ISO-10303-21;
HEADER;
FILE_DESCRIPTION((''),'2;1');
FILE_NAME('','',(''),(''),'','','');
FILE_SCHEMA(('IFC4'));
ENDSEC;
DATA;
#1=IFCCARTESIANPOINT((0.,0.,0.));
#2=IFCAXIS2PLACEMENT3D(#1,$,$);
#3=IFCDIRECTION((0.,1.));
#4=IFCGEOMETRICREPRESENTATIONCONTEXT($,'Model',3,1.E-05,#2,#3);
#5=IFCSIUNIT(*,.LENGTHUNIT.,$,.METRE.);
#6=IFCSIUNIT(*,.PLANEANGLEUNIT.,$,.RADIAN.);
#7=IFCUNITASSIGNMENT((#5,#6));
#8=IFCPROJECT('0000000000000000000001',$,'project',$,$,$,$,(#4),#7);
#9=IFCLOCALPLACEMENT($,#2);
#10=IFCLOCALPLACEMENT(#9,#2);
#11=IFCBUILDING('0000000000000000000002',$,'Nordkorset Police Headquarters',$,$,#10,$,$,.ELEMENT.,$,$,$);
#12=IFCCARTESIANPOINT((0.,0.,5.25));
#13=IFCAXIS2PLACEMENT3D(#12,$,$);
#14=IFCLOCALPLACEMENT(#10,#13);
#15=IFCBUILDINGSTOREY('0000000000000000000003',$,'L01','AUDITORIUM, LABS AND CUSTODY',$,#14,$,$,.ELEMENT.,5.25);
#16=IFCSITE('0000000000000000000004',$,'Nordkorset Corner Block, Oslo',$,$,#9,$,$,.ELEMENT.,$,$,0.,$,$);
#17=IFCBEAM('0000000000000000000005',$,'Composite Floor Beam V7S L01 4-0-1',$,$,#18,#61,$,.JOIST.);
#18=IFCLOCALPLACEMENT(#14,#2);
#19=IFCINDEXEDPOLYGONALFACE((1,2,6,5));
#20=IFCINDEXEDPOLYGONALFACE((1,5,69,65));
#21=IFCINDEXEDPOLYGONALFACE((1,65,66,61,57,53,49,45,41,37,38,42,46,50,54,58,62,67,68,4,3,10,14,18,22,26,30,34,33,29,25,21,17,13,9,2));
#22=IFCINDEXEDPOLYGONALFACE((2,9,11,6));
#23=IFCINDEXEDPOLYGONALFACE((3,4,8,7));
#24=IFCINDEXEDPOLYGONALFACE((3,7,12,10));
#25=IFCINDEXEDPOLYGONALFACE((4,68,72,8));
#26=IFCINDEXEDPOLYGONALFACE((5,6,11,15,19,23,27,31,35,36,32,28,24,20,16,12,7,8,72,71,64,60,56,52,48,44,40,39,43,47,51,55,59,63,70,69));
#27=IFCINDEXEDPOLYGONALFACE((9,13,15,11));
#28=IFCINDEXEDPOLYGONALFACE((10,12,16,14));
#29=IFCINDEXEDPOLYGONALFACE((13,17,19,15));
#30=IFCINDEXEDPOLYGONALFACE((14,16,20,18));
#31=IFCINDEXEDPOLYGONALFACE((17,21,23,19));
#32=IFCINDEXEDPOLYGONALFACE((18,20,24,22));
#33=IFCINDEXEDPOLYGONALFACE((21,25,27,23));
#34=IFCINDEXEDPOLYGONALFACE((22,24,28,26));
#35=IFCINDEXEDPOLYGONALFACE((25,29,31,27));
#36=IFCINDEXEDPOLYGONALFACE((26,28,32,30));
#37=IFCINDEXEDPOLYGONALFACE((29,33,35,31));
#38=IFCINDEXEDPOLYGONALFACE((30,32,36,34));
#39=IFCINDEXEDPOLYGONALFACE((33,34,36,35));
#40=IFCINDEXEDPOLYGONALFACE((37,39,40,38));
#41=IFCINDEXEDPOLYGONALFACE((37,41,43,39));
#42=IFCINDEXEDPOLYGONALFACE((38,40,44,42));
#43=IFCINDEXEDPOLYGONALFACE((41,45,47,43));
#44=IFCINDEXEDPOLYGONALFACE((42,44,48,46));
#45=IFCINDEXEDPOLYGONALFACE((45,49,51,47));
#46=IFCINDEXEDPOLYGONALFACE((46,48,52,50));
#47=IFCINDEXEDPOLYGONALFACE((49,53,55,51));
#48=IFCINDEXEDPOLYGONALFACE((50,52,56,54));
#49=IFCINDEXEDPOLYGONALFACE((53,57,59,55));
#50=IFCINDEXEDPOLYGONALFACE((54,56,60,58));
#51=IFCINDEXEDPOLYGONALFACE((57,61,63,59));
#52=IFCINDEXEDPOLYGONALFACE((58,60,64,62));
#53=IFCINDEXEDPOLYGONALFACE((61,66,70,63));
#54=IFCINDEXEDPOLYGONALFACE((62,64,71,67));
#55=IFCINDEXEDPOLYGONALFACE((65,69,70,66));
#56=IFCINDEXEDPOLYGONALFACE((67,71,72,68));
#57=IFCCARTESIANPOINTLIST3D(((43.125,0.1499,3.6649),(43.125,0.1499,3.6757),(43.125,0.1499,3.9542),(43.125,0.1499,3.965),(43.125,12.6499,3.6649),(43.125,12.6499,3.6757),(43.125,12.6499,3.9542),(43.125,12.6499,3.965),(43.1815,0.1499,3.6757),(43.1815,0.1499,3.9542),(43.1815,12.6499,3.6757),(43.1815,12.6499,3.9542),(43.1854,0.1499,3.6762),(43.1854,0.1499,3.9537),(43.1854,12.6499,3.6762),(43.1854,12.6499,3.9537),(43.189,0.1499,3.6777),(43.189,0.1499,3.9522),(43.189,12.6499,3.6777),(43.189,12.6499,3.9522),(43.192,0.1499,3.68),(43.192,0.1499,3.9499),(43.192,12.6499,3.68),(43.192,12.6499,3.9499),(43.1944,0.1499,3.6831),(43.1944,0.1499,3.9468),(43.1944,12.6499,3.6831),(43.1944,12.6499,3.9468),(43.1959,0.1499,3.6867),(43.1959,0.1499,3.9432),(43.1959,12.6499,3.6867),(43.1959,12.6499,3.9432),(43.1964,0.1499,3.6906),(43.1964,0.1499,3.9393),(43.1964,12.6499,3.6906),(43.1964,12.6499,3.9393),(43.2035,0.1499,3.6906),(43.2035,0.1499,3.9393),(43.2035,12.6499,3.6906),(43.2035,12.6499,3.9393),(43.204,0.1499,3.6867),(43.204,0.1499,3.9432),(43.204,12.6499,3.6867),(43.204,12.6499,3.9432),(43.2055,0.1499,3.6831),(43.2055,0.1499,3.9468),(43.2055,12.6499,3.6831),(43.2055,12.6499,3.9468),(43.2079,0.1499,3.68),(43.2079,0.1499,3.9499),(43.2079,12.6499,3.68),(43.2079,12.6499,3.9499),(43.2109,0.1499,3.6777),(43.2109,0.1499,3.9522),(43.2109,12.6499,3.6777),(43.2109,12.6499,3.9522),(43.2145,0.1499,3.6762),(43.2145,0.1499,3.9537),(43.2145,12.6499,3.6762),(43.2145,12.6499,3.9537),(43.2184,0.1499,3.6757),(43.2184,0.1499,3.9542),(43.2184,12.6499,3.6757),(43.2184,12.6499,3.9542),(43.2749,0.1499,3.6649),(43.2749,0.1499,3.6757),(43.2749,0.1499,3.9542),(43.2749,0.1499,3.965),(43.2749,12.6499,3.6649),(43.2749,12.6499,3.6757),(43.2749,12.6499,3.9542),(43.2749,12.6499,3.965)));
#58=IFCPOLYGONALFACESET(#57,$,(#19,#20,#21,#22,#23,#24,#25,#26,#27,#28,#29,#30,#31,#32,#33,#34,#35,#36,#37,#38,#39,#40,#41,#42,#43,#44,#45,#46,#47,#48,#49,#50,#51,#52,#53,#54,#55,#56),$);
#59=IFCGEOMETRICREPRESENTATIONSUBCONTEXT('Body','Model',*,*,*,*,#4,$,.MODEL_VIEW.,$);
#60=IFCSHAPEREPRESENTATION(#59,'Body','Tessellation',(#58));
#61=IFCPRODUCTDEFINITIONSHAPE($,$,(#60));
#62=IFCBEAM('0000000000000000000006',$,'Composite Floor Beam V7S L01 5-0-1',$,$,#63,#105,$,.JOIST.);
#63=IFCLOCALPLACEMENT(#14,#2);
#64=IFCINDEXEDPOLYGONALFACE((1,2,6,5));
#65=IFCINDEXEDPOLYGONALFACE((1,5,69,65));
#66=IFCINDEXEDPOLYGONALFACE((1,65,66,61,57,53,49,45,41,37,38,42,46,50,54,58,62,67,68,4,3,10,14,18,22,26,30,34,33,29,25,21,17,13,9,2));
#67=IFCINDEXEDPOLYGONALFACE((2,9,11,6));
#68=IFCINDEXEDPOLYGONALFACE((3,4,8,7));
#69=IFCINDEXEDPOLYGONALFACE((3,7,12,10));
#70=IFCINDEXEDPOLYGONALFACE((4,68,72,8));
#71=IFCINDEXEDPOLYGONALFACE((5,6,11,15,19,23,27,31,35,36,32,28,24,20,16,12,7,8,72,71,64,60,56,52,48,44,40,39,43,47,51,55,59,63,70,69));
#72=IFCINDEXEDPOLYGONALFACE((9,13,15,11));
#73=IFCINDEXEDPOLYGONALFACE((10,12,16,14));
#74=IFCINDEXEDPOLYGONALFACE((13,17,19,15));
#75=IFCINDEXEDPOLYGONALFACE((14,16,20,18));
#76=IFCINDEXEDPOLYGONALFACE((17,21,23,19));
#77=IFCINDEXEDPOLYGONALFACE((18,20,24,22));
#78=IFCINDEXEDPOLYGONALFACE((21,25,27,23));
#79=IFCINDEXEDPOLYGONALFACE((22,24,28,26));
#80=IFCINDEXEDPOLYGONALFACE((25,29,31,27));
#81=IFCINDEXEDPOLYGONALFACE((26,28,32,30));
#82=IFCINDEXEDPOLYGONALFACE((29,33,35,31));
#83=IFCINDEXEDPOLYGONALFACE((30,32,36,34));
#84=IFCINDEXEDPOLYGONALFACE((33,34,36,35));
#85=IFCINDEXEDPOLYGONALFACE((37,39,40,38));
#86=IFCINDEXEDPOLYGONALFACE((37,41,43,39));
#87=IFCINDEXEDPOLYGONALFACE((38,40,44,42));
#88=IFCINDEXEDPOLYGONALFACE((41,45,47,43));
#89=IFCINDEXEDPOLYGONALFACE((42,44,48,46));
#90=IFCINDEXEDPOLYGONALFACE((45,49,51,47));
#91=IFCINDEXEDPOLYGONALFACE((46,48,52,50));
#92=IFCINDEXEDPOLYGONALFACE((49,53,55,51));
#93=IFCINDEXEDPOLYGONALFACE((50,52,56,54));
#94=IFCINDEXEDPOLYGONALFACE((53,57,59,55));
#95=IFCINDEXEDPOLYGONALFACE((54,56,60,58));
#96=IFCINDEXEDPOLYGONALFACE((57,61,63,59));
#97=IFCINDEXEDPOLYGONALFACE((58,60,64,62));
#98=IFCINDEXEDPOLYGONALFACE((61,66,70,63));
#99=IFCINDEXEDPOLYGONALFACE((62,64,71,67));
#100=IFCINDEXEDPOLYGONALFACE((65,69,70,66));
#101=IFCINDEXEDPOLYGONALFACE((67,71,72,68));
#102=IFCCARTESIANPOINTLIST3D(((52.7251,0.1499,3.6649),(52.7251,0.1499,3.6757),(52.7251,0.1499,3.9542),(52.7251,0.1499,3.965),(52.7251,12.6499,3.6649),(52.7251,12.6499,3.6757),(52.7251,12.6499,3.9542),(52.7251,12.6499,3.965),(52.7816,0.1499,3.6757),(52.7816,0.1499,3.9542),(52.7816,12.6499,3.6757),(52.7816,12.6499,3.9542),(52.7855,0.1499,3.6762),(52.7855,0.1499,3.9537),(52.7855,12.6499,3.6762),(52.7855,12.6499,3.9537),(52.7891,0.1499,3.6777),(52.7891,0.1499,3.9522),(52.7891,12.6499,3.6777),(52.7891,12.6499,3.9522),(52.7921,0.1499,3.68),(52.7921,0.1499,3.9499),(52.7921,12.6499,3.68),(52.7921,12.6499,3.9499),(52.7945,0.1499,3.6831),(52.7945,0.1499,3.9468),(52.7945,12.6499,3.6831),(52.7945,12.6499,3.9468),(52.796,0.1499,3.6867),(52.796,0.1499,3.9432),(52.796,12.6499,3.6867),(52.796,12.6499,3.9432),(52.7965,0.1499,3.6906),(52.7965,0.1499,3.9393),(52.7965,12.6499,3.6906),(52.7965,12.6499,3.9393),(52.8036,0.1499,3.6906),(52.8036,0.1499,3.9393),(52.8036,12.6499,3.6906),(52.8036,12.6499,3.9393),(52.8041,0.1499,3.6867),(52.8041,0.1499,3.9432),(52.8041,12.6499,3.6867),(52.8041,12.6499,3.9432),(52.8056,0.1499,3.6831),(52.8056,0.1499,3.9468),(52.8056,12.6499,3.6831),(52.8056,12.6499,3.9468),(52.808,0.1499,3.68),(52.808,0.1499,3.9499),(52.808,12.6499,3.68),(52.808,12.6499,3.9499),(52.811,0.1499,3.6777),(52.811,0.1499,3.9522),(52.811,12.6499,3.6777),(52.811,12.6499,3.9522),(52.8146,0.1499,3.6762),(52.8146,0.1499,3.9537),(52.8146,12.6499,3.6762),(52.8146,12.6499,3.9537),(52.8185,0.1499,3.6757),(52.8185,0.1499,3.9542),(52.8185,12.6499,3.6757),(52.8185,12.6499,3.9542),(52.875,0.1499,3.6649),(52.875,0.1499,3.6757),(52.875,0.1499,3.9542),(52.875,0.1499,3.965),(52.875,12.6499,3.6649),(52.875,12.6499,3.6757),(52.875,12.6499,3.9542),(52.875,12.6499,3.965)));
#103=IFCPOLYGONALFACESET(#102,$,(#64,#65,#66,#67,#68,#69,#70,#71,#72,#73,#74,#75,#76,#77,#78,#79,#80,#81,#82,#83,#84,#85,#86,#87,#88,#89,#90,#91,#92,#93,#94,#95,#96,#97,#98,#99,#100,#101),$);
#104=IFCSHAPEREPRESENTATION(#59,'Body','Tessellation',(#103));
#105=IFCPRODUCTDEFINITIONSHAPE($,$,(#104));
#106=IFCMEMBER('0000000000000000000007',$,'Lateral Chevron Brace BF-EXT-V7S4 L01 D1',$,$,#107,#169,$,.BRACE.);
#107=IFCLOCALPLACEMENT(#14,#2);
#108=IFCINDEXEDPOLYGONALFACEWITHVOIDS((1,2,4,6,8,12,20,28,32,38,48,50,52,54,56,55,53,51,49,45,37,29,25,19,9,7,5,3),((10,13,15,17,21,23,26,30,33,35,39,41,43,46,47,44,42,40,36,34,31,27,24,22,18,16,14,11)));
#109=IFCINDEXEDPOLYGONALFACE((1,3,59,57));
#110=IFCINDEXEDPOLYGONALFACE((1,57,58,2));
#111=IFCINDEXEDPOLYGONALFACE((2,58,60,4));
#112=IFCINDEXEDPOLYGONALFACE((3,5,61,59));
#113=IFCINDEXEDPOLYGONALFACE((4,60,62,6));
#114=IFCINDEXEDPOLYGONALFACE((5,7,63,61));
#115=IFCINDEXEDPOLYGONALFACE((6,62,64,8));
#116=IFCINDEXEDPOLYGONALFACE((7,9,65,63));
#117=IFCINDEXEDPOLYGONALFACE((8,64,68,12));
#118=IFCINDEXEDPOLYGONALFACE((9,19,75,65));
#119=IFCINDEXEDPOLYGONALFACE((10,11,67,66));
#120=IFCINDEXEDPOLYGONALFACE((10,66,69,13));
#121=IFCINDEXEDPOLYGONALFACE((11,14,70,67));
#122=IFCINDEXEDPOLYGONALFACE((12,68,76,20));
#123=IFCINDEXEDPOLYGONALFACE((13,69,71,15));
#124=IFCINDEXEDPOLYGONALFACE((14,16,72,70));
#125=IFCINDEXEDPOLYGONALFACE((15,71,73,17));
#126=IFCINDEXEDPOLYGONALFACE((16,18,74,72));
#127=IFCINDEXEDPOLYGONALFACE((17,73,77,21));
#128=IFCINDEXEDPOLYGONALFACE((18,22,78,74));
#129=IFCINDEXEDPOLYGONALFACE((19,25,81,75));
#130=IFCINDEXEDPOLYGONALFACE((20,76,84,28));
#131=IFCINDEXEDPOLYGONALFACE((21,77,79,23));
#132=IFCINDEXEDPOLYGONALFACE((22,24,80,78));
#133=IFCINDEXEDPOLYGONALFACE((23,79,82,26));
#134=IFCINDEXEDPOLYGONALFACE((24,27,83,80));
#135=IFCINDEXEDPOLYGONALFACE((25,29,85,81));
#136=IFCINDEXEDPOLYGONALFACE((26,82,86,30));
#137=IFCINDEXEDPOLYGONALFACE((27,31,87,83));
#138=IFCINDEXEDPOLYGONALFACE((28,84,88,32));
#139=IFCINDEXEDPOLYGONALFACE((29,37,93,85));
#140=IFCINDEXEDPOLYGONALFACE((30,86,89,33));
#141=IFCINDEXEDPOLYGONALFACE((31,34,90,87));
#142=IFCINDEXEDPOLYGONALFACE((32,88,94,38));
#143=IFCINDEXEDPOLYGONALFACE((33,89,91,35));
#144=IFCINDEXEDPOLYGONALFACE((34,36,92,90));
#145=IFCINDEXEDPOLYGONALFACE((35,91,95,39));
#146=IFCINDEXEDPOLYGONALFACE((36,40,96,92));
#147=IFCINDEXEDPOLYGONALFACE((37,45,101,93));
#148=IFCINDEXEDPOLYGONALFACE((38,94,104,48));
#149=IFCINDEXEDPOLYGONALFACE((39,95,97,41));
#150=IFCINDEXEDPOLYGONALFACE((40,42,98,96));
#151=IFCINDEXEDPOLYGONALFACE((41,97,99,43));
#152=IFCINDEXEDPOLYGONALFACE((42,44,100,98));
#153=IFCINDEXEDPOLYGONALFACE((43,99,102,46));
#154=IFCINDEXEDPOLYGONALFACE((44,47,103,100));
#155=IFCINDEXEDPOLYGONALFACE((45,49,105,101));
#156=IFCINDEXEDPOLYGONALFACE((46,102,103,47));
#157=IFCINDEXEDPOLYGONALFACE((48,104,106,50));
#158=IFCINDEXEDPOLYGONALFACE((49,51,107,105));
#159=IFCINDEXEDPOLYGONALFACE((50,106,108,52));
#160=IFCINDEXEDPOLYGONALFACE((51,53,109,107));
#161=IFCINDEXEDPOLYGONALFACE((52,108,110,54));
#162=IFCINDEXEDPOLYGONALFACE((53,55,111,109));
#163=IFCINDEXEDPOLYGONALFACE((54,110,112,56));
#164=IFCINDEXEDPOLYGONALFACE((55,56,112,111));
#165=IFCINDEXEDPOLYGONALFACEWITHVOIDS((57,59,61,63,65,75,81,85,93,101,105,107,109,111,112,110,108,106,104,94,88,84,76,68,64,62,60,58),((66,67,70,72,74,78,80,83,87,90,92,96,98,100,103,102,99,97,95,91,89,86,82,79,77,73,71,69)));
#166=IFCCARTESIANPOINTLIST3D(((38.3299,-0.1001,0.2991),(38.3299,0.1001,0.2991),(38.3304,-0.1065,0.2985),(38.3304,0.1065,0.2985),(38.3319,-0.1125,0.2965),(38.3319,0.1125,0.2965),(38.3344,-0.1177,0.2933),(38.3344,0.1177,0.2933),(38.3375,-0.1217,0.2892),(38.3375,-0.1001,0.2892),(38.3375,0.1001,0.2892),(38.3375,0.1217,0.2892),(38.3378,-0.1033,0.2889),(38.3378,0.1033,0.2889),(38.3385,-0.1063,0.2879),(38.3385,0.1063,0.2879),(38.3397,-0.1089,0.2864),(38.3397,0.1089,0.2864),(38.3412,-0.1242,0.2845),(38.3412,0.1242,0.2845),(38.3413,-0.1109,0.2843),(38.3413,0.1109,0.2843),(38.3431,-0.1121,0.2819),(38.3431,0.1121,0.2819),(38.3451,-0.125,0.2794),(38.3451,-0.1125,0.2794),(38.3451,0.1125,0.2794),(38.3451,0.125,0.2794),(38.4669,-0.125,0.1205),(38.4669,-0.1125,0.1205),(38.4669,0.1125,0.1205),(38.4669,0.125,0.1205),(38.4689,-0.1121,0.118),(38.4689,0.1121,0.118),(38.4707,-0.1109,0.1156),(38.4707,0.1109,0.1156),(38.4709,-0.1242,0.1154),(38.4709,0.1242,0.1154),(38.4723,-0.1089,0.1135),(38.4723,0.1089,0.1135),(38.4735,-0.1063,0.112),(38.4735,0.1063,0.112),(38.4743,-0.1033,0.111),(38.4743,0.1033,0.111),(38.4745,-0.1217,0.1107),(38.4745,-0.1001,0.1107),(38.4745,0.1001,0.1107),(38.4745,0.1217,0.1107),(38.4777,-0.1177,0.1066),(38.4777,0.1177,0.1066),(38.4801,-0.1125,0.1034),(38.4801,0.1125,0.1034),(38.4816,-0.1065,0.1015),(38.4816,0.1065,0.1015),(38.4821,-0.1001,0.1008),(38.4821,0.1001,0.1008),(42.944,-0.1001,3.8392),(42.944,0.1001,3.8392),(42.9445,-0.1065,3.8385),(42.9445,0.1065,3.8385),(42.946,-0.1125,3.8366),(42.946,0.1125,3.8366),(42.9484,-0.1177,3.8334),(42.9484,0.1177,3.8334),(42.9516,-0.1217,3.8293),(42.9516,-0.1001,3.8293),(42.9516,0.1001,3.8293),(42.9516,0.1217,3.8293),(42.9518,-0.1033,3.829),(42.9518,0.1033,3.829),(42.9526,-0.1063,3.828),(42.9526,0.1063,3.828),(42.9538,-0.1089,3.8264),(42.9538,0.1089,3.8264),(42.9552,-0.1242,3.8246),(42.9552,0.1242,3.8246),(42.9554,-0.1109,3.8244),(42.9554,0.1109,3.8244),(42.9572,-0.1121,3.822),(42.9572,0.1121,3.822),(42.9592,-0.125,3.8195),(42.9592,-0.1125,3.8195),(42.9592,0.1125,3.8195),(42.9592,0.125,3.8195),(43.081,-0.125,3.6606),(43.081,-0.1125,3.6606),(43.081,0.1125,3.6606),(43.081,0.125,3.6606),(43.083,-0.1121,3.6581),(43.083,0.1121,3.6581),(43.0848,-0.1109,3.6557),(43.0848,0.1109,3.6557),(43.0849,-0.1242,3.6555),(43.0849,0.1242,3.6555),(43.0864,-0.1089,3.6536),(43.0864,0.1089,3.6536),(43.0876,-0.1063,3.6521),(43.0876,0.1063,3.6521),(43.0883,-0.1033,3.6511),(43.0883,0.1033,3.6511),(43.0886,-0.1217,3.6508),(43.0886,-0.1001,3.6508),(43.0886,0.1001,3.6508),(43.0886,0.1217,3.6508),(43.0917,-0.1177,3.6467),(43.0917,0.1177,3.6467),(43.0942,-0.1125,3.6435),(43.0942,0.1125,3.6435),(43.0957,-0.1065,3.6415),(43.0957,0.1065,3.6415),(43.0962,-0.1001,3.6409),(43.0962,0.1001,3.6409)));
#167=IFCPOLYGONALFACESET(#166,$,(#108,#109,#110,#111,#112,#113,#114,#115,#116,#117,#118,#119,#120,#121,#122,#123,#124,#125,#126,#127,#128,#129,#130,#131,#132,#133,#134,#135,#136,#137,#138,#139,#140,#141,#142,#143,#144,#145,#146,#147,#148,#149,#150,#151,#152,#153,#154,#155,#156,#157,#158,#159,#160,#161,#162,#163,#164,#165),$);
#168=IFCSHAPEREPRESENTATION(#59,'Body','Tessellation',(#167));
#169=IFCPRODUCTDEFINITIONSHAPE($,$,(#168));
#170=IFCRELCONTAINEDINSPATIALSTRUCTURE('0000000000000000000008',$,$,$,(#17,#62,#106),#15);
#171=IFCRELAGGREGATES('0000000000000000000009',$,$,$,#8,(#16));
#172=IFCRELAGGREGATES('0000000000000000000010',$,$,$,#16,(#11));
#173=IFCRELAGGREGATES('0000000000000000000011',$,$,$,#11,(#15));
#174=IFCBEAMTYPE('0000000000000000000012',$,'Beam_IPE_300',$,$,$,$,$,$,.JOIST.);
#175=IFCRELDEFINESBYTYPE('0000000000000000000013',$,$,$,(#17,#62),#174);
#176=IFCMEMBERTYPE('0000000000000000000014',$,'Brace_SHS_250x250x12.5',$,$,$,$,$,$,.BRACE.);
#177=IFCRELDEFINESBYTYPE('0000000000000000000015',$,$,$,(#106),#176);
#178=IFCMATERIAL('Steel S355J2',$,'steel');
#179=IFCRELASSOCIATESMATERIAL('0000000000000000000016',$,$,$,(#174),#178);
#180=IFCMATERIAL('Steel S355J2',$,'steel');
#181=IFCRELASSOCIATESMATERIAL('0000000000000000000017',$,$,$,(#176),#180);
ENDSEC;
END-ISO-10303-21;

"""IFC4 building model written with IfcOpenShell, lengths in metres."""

from ifc_helpers import new_model, si_unit, direction, frame, origin, origin_2d, place, context, subcontext, project, spatial, hollow_rectangle, i_section, extrude, material, material_profile, profile_set, type_object, element, save


model = new_model("IFC4")

# Units and contexts
model_context = context("Model", 3, precision=1e-05, world=origin(), true_north=direction((0.0, 1.0)))
body_context = subcontext(model_context, "Body", "Model", "MODEL_VIEW")
ifc_project = project(units=[si_unit("LENGTHUNIT", "METRE"), si_unit("PLANEANGLEUNIT", "RADIAN")], contexts=[model_context])

# Site, building, storey
site_placement = place(None, origin())
site = spatial("IfcSite", under=ifc_project, at=site_placement, Name="Nordkorset Corner Block, Oslo", CompositionType="ELEMENT", RefElevation=0.0)
building_placement = place(site_placement, origin())
building = spatial("IfcBuilding", under=site, at=building_placement, Name="Nordkorset Police Headquarters", CompositionType="ELEMENT")
storey_placement = place(building_placement, frame((0.0, 0.0, 5.25)))
storey = spatial("IfcBuildingStorey", under=building, at=storey_placement, Name="L01", Description="AUDITORIUM, LABS AND CUSTODY", CompositionType="ELEMENT", Elevation=5.25)

# Beams
ifc_material_1 = material(Name="Steel S355J2", Category="steel")
ifc_material_profile_1 = material_profile(ifc_material_1, i_section(OverallWidth=0.1499, OverallDepth=0.3, WebThickness=0.0071, FlangeThickness=0.0107, FilletRadius=0.0149, at=origin_2d()), Name="IPE 300")
ifc_profile_set_1 = profile_set([ifc_material_profile_1], Name="Steel S355J2")
beam_type_1 = type_object("IfcBeamType", Name="Beam_IPE_300", PredefinedType="JOIST", material=ifc_profile_set_1)
for number, where, z_axis, x_axis, name in (
    (1, (43.2, 0.1499, 3.8149), (0.0, 1.0, 0.0), (-1.0, 0.0, 0.0), "Composite Floor Beam V7S L01 4-0-1"),
    (2, (52.8, 0.1499, 3.8149), (0.0, 1.0, 0.0), (-1.0, 0.0, 0.0), "Composite Floor Beam V7S L01 5-0-1"),
):
    element("IfcBeam", number, at=place(storey_placement, frame(where, z_axis=z_axis, x_axis=x_axis)), inside=storey, type_object=beam_type_1, Name=name, PredefinedType="JOIST", context=body_context, shape_type="SweptSolid", body=[
        extrude(i_section(OverallWidth=0.1499, OverallDepth=0.3, WebThickness=0.0071, FlangeThickness=0.0107, FilletRadius=0.0149, at=origin_2d()), origin(), (0.0, 0.0, 1.0), 12.5),
    ])

# Member
ifc_material_2 = material(Name="Steel S355J2", Category="steel")
ifc_material_profile_2 = material_profile(ifc_material_2, hollow_rectangle(XDim=0.25, YDim=0.25, WallThickness=0.0125, InnerFilletRadius=0.0125, OuterFilletRadius=0.0249, at=origin_2d()), Name="SHS 250x250x12.5")
ifc_profile_set_2 = profile_set([ifc_material_profile_2], Name="Steel S355J2")
member_type = type_object("IfcMemberType", Name="Brace_SHS_250x250x12.5", PredefinedType="BRACE", material=ifc_profile_set_2)
for number, where, z_axis, x_axis, name in (
    (3, (38.406, 0.0, 0.2), (0.793388, 0.0, 0.608716), (0.0, 1.0, 0.0), "Lateral Chevron Brace BF-EXT-V7S4 L01 D1"),
):
    element("IfcMember", number, at=place(storey_placement, frame(where, z_axis=z_axis, x_axis=x_axis)), inside=storey, type_object=member_type, Name=name, PredefinedType="BRACE", context=body_context, shape_type="SweptSolid", body=[
        extrude(hollow_rectangle(XDim=0.25, YDim=0.25, WallThickness=0.0125, InnerFilletRadius=0.0125, OuterFilletRadius=0.0249, at=origin_2d()), origin(), (0.0, 0.0, 1.0), 5.8157),
    ])

save(model, "model.ifc")
